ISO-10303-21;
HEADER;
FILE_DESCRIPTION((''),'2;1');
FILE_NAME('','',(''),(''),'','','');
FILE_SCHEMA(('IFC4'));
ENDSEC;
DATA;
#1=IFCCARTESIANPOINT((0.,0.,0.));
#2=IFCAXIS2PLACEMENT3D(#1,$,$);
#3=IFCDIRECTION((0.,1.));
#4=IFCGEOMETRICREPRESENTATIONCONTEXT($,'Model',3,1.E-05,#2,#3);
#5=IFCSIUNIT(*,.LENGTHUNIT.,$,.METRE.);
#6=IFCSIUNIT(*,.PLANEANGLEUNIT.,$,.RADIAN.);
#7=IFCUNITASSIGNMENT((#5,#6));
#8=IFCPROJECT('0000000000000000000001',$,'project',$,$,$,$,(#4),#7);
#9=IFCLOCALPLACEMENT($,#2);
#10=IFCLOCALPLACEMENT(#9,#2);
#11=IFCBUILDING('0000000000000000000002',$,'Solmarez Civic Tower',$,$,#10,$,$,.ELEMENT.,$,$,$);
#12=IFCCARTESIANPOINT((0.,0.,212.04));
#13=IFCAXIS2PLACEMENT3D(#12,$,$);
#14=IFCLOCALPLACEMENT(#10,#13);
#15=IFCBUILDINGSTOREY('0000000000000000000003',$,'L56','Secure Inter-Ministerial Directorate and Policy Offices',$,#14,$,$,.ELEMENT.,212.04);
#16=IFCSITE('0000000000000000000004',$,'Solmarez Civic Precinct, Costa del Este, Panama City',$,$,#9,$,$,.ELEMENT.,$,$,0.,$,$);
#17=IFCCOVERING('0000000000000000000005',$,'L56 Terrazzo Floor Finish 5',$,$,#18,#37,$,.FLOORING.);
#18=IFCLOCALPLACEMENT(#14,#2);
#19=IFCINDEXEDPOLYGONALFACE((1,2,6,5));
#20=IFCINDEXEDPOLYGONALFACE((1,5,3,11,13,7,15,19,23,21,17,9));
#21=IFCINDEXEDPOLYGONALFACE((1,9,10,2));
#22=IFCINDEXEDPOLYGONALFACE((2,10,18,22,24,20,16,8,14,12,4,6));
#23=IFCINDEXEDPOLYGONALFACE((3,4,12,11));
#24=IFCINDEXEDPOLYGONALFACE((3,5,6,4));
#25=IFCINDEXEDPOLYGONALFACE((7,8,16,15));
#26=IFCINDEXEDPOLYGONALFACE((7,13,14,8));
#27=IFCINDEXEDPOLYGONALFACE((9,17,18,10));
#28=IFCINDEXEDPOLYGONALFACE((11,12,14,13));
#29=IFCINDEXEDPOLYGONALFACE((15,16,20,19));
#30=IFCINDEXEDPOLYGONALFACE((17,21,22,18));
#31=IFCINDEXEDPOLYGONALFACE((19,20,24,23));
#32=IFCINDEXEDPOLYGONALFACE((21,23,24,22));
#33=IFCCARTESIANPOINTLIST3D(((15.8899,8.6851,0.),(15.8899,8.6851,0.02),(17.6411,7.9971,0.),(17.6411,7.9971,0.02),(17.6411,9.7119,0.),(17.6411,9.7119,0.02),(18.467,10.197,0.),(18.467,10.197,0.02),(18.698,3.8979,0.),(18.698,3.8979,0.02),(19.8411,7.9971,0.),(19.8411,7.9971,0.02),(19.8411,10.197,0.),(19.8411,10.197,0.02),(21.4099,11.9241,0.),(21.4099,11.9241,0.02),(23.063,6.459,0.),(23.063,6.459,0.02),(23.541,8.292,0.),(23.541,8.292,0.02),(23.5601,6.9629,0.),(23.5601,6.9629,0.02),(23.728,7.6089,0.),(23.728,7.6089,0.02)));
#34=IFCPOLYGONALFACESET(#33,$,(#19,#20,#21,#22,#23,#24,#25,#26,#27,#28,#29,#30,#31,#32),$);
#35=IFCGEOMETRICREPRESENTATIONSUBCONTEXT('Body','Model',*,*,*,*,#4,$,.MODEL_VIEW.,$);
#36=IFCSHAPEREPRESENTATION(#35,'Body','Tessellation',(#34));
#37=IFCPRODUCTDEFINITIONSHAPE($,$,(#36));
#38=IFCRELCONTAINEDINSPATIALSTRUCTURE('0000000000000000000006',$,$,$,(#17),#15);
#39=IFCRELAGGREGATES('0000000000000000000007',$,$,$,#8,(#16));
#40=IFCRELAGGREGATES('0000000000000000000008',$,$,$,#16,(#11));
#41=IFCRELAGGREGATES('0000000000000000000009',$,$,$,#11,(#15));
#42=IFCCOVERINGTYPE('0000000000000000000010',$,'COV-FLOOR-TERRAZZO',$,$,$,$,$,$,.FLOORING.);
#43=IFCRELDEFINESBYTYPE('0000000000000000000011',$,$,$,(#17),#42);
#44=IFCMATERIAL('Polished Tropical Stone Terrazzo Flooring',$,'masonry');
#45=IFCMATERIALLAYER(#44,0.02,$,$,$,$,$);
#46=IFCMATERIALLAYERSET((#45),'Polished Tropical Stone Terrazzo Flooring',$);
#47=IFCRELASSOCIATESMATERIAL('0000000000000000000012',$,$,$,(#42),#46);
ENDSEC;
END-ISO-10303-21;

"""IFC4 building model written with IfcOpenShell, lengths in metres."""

from ifc_helpers import new_model, si_unit, direction, frame, origin, place, context, subcontext, project, spatial, polyline, outline, extrude, material, layer, layer_set, type_object, element, save


model = new_model("IFC4")

# Units and contexts
model_context = context("Model", 3, precision=1e-05, world=origin(), true_north=direction((0.0, 1.0)))
body_context = subcontext(model_context, "Body", "Model", "MODEL_VIEW")
ifc_project = project(units=[si_unit("LENGTHUNIT", "METRE"), si_unit("PLANEANGLEUNIT", "RADIAN")], contexts=[model_context])

# Site, building, storey
site_placement = place(None, origin())
site = spatial("IfcSite", under=ifc_project, at=site_placement, Name="Solmarez Civic Precinct, Costa del Este, Panama City", CompositionType="ELEMENT", RefElevation=0.0)
building_placement = place(site_placement, origin())
building = spatial("IfcBuilding", under=site, at=building_placement, Name="Solmarez Civic Tower", CompositionType="ELEMENT")
storey_placement = place(building_placement, frame((0.0, 0.0, 212.04)))
storey = spatial("IfcBuildingStorey", under=building, at=storey_placement, Name="L56", Description="Secure Inter-Ministerial Directorate and Policy Offices", CompositionType="ELEMENT", Elevation=212.04)

# Covering
ifc_material_1 = material(Name="Polished Tropical Stone Terrazzo Flooring", Category="masonry")
ifc_layer_1 = layer(ifc_material_1, 0.02)
ifc_layer_set_1 = layer_set([ifc_layer_1], Name="Polished Tropical Stone Terrazzo Flooring")
covering_type_1 = type_object("IfcCoveringType", Name="COV-FLOOR-TERRAZZO", PredefinedType="FLOORING", material=ifc_layer_set_1)
covering_1_placement = place(storey_placement, origin())
element("IfcCovering", 1, at=covering_1_placement, inside=storey, type_object=covering_type_1, Name="L56 Terrazzo Floor Finish 5", PredefinedType="FLOORING", context=body_context, shape_type="SweptSolid", body=[
    extrude(outline(polyline([(18.698, 3.8979), (23.063, 6.459), (23.5601, 6.9629), (23.728, 7.6089), (23.541, 8.292), (21.4099, 11.9241), (18.467, 10.197), (19.8411, 10.197), (19.8411, 7.9971), (17.6411, 7.9971), (17.6411, 9.7119), (15.8899, 8.6851), (18.698, 3.8979)])), origin(), (0.0, 0.0, 1.0), 0.02),
])

save(model, "model.ifc")
